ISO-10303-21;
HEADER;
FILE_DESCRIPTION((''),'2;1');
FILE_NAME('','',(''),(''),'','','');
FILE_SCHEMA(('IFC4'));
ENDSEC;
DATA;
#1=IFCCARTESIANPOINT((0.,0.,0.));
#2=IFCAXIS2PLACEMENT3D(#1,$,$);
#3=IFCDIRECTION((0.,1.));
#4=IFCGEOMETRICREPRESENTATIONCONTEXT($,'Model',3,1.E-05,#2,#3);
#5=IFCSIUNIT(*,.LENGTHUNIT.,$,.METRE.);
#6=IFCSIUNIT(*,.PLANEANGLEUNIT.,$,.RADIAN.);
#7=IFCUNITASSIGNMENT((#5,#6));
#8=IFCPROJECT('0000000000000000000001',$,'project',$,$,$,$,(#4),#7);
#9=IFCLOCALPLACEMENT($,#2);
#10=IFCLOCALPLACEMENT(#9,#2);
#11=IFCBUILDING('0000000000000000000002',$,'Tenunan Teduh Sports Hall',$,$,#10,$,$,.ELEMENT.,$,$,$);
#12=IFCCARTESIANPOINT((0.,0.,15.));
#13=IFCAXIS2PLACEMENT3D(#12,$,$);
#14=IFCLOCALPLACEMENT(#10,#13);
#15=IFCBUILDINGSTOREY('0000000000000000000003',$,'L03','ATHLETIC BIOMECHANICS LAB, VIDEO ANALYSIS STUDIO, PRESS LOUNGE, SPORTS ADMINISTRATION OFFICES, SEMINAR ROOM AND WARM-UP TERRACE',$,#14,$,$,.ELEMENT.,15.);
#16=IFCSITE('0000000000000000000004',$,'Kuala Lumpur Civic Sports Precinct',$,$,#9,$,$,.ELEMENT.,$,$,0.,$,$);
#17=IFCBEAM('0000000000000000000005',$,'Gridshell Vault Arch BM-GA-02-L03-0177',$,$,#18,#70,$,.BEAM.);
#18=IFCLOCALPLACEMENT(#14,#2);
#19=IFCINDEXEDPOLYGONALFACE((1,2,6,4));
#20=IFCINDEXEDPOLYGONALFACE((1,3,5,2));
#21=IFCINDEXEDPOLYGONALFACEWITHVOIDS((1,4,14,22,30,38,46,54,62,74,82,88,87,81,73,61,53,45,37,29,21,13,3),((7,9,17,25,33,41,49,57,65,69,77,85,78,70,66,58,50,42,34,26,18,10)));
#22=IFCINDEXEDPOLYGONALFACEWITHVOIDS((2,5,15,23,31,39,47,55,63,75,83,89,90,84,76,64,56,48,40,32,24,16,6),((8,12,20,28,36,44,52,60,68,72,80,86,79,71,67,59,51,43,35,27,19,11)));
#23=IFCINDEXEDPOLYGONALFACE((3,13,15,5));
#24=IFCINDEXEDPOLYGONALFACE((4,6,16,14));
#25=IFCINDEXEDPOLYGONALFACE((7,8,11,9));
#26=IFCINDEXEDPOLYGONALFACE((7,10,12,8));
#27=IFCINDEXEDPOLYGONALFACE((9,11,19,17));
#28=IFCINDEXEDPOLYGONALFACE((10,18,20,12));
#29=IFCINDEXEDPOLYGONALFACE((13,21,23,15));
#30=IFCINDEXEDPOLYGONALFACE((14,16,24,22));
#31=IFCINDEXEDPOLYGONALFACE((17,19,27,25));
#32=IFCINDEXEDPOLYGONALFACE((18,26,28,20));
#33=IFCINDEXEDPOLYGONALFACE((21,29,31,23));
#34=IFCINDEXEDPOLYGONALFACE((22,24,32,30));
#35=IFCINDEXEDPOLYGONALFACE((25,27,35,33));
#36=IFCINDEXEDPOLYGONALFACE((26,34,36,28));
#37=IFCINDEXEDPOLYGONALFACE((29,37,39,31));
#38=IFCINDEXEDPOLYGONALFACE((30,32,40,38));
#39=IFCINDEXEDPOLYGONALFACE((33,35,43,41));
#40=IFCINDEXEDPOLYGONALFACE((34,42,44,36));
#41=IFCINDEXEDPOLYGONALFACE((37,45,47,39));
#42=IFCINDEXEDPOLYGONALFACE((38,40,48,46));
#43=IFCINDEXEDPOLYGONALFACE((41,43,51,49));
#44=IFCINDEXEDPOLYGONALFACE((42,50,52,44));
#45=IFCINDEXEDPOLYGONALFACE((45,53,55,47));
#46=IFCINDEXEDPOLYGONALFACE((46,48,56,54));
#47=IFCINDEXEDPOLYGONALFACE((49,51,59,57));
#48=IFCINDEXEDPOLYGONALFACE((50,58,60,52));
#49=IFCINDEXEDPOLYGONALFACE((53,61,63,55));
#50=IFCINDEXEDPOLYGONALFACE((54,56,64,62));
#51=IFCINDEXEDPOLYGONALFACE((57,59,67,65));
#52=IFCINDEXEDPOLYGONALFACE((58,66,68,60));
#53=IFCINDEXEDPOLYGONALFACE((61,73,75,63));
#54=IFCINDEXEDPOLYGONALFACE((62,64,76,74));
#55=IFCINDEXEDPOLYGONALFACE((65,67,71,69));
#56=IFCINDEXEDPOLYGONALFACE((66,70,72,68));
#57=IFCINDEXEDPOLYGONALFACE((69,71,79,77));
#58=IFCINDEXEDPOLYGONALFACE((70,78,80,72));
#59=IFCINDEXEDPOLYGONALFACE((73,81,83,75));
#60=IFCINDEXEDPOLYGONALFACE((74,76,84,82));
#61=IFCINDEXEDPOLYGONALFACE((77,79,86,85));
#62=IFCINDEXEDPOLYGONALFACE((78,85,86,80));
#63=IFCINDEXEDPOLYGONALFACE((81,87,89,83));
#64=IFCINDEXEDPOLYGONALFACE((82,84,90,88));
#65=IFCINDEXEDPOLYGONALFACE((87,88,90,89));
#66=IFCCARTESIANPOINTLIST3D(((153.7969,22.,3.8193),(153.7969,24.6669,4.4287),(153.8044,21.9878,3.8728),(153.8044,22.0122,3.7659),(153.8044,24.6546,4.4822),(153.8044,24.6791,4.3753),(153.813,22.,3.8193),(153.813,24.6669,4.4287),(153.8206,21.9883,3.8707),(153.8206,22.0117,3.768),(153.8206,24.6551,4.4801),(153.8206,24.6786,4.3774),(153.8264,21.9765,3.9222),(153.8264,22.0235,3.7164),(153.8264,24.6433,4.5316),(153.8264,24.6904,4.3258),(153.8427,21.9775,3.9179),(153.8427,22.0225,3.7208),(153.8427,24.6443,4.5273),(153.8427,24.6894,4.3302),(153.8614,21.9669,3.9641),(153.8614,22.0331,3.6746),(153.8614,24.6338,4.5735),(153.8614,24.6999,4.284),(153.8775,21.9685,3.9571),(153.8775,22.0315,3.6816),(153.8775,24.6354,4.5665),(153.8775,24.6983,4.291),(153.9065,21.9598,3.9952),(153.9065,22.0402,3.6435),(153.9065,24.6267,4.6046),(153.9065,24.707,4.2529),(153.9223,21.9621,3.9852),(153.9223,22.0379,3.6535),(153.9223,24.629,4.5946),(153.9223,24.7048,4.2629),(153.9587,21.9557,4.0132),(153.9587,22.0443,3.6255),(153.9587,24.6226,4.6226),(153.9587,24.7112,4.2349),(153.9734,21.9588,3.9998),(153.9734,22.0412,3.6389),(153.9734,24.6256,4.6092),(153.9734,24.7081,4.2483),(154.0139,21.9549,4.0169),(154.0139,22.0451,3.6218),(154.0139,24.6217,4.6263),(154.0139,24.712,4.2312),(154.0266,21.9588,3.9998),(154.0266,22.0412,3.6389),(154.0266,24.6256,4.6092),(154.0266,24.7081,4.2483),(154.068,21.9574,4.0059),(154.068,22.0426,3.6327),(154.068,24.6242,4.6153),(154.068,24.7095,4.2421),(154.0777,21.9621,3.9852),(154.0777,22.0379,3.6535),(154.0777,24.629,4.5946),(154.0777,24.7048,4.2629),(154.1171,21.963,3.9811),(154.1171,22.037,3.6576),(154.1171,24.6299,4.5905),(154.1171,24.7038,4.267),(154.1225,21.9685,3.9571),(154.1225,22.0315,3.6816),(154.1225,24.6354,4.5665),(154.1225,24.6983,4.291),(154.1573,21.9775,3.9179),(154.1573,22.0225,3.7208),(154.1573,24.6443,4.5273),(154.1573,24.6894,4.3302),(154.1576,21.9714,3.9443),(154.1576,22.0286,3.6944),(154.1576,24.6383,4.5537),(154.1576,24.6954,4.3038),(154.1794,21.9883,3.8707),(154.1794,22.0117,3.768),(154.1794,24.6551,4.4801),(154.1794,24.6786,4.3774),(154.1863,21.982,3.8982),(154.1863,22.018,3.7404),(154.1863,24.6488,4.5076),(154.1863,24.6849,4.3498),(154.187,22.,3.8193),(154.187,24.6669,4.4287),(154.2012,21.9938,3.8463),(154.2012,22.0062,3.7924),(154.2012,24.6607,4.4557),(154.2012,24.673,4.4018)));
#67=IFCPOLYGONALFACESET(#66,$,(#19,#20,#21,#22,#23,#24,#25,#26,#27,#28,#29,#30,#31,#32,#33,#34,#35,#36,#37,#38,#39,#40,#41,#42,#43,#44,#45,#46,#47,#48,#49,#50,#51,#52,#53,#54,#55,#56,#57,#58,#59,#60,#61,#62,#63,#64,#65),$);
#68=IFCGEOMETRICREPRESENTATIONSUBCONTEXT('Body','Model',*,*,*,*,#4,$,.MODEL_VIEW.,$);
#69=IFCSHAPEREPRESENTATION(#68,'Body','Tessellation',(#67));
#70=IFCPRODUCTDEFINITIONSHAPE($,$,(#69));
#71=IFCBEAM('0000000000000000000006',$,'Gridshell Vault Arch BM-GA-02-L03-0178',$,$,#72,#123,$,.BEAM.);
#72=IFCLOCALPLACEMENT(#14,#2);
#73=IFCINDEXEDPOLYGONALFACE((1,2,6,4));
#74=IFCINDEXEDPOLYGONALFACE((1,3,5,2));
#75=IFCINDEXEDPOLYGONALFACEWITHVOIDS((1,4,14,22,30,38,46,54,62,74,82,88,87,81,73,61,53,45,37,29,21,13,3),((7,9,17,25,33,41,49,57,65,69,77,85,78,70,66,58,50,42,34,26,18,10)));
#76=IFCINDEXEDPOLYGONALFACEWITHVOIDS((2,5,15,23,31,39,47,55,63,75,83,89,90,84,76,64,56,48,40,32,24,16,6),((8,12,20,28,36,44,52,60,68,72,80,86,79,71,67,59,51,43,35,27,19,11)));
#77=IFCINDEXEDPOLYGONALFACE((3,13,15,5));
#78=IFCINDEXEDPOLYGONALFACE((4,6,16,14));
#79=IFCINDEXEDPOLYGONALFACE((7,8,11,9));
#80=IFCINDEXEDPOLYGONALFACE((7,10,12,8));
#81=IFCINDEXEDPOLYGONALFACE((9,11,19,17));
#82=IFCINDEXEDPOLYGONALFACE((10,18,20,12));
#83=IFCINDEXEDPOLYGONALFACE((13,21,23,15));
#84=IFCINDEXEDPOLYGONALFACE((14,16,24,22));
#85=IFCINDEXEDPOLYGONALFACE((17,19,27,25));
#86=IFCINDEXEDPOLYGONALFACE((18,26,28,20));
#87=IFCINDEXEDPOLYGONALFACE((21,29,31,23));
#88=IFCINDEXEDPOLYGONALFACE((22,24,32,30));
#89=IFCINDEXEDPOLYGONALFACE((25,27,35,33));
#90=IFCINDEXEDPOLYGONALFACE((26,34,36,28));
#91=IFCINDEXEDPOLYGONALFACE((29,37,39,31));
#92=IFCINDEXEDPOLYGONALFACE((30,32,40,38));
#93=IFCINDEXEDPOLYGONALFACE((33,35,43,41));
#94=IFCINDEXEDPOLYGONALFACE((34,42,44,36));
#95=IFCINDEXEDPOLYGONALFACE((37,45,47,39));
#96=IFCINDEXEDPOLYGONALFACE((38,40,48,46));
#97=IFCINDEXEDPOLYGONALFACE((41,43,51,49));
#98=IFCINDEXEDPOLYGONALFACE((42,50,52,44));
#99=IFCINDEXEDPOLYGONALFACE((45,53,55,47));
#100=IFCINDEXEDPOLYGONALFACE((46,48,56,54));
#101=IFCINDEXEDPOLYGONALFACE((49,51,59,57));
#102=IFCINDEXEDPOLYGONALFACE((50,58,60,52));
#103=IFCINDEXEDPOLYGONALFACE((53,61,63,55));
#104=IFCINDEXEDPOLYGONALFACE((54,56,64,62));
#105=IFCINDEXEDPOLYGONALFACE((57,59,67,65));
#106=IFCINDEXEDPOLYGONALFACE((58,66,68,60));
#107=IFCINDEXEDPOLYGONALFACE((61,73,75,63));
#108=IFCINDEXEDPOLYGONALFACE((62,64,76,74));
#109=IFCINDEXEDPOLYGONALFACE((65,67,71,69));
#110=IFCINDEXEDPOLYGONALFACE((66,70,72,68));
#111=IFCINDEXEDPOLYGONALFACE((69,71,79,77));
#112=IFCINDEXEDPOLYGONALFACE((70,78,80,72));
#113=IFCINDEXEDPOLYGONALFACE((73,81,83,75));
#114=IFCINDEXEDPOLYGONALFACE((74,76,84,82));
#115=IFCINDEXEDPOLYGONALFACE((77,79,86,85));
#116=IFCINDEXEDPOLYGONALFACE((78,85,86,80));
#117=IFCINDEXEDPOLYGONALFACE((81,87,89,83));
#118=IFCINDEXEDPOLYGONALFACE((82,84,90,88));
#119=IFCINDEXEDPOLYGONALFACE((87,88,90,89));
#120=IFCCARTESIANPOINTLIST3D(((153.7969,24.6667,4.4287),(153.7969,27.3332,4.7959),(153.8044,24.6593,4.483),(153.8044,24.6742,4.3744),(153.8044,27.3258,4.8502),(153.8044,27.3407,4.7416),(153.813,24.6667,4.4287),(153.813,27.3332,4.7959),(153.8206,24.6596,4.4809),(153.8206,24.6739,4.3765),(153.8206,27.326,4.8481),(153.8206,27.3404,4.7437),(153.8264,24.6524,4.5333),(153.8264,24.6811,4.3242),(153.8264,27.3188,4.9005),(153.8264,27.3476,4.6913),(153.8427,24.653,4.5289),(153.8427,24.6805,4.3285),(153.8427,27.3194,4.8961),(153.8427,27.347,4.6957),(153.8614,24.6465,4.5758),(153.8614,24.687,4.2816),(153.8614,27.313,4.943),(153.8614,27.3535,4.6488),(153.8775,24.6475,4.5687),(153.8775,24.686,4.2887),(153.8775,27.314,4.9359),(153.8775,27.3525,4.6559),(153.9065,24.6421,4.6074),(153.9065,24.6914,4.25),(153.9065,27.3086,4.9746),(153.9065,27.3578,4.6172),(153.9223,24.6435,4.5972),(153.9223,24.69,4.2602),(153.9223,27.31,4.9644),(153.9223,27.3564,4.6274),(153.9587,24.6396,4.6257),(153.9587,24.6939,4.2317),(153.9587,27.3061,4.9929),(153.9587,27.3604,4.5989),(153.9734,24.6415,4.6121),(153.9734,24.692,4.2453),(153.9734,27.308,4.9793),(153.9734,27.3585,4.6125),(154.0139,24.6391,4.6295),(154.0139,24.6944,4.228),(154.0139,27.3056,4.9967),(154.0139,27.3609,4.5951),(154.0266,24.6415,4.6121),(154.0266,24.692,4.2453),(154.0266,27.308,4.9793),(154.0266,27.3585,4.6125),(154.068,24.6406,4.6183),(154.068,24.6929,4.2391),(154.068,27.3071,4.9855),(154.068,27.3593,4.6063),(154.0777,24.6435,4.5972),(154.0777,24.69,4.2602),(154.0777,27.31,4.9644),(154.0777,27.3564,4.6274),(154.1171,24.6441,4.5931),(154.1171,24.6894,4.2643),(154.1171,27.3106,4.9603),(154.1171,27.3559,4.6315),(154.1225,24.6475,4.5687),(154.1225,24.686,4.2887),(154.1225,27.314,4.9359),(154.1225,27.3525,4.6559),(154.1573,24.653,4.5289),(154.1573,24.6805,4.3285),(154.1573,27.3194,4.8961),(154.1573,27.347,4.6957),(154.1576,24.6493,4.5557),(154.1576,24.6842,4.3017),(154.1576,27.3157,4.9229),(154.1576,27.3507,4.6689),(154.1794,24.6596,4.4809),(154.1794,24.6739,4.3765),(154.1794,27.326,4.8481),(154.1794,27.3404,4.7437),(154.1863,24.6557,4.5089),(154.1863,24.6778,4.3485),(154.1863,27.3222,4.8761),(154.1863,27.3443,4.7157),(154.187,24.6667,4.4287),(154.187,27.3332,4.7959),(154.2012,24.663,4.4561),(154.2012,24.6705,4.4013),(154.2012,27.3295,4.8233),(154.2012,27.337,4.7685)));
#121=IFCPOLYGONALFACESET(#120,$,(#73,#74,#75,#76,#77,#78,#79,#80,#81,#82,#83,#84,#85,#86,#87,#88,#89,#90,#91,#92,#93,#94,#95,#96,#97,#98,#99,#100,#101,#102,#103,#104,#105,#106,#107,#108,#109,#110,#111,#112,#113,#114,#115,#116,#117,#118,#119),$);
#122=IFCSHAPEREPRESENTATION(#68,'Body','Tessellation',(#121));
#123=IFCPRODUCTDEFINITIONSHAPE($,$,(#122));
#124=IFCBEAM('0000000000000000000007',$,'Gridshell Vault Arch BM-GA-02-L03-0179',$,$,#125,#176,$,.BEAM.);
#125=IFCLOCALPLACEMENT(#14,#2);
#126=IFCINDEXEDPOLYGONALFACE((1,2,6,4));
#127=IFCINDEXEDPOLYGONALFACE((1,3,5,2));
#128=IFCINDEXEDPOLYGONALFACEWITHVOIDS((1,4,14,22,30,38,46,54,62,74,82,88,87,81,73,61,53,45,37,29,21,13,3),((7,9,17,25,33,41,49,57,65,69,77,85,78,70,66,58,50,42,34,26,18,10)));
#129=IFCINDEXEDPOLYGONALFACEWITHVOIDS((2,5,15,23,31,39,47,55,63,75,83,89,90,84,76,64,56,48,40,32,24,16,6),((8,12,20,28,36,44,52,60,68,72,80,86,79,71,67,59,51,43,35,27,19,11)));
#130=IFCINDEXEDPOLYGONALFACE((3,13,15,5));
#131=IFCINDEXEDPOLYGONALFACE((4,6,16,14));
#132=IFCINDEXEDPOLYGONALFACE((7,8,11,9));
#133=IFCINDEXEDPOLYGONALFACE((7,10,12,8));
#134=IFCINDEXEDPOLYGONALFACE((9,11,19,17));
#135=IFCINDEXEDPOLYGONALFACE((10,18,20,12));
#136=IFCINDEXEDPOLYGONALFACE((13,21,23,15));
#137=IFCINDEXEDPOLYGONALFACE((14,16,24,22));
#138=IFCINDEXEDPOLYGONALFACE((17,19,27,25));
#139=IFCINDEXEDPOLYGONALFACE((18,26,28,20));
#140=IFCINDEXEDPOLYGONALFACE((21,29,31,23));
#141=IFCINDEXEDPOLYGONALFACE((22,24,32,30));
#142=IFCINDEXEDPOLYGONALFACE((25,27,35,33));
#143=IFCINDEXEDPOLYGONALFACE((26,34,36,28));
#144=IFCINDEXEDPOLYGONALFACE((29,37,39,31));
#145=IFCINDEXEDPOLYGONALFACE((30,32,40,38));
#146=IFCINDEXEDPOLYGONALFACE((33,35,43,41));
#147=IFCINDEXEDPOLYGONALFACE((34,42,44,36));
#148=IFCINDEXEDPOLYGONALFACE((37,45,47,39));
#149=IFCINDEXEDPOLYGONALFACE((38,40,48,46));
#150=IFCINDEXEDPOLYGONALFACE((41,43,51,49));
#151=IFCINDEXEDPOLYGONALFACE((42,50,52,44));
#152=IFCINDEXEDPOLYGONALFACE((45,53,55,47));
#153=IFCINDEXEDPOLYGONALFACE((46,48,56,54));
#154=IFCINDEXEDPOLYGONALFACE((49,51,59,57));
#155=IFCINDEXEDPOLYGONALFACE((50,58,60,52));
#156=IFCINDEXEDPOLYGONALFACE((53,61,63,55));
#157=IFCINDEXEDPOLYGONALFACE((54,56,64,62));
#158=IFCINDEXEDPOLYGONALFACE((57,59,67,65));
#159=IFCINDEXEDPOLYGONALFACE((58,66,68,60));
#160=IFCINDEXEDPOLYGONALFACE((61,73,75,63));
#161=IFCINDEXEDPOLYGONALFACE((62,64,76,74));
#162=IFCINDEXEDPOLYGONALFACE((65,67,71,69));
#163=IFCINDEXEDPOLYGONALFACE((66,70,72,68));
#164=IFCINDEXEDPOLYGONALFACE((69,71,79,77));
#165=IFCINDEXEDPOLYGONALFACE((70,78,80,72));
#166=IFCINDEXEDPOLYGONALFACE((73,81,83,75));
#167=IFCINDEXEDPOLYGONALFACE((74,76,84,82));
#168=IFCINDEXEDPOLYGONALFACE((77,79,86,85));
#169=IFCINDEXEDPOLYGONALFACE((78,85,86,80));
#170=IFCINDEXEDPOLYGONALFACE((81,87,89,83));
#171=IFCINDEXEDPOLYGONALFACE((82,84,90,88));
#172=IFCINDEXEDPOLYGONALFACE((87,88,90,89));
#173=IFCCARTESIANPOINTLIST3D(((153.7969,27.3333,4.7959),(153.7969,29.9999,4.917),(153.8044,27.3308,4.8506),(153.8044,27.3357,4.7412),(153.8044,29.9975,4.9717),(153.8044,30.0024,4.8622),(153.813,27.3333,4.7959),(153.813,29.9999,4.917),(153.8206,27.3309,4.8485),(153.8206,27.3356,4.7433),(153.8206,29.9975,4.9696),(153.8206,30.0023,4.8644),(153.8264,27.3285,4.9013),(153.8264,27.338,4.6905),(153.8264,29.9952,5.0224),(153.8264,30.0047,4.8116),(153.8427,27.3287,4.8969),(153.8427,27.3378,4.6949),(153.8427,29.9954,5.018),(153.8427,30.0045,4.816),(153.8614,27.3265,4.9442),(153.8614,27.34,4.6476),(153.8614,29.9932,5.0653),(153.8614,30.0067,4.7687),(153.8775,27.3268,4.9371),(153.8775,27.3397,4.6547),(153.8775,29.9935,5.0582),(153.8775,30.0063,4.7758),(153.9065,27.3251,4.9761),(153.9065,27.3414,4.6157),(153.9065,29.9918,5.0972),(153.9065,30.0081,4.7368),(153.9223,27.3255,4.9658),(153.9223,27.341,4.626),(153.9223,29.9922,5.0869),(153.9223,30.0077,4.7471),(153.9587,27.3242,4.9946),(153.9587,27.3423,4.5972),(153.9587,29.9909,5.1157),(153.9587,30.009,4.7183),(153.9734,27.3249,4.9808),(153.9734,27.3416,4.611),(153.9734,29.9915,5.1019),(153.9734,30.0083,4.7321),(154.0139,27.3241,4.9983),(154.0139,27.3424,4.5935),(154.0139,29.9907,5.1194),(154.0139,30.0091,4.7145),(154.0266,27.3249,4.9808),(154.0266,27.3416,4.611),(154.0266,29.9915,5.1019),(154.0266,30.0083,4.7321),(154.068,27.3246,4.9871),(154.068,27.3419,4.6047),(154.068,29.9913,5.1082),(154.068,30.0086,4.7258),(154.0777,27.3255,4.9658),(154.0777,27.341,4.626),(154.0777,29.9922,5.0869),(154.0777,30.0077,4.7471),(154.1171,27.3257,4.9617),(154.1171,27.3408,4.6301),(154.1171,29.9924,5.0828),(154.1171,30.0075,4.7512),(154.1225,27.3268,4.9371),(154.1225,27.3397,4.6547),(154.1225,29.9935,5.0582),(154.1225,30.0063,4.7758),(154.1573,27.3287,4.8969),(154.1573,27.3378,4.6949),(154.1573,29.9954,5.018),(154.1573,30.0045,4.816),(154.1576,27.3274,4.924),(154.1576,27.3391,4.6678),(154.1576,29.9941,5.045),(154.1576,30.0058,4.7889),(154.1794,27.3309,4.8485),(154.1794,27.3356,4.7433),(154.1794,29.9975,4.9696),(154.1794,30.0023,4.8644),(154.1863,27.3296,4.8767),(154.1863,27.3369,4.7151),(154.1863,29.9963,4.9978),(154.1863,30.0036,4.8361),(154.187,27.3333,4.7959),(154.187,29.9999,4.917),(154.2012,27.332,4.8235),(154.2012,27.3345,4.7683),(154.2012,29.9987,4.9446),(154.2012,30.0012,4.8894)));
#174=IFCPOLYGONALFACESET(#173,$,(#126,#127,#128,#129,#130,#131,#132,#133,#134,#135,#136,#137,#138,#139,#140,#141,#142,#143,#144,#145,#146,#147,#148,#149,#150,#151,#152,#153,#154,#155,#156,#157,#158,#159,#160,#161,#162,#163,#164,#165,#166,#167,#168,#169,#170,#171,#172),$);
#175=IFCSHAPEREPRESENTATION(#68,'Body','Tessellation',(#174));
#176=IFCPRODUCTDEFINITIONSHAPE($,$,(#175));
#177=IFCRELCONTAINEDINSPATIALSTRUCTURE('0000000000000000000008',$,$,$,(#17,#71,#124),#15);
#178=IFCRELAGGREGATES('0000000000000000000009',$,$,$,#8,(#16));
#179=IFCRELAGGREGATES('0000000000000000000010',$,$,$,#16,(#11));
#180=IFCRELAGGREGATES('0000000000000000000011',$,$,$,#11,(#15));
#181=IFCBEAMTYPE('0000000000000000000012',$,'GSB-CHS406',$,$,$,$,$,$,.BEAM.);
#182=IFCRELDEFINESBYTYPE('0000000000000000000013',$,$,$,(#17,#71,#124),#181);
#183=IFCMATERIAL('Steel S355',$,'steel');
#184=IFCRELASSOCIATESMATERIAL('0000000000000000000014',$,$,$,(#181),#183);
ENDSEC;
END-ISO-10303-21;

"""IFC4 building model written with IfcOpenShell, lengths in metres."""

from ifc_helpers import new_model, si_unit, direction, frame, origin, origin_2d, place, context, subcontext, project, spatial, hollow_circle, extrude, material, material_profile, profile_set, type_object, element, save


model = new_model("IFC4")

# Units and contexts
model_context = context("Model", 3, precision=1e-05, world=origin(), true_north=direction((0.0, 1.0)))
body_context = subcontext(model_context, "Body", "Model", "MODEL_VIEW")
ifc_project = project(units=[si_unit("LENGTHUNIT", "METRE"), si_unit("PLANEANGLEUNIT", "RADIAN")], contexts=[model_context])

# Site, building, storey
site_placement = place(None, origin())
site = spatial("IfcSite", under=ifc_project, at=site_placement, Name="Kuala Lumpur Civic Sports Precinct", CompositionType="ELEMENT", RefElevation=0.0)
building_placement = place(site_placement, origin())
building = spatial("IfcBuilding", under=site, at=building_placement, Name="Tenunan Teduh Sports Hall", CompositionType="ELEMENT")
storey_placement = place(building_placement, frame((0.0, 0.0, 15.0)))
storey = spatial("IfcBuildingStorey", under=building, at=storey_placement, Name="L03", Description="ATHLETIC BIOMECHANICS LAB, VIDEO ANALYSIS STUDIO, PRESS LOUNGE, SPORTS ADMINISTRATION OFFICES, SEMINAR ROOM AND WARM-UP TERRACE", CompositionType="ELEMENT", Elevation=15.0)

# Beams
ifc_material_1 = material(Name="Steel S355", Category="steel")
ifc_material_profile_1 = material_profile(ifc_material_1, hollow_circle(Radius=0.2031, WallThickness=0.0161, at=origin_2d()), Name="CHS 406.4x16.0")
ifc_profile_set_1 = profile_set([ifc_material_profile_1], Name="Steel S355")
beam_type_1 = type_object("IfcBeamType", Name="GSB-CHS406", PredefinedType="BEAM", material=ifc_profile_set_1)
beam_1_placement = place(storey_placement, frame((154.0, 22.0, 3.8193), z_axis=(0.0, 0.974872, 0.222767), x_axis=(-1.0, 0.0, 0.0)))
element("IfcBeam", 1, at=beam_1_placement, inside=storey, type_object=beam_type_1, Name="Gridshell Vault Arch BM-GA-02-L03-0177", PredefinedType="BEAM", context=body_context, shape_type="SweptSolid", body=[
    extrude(hollow_circle(Radius=0.2031, WallThickness=0.0161, at=origin_2d()), origin(), (0.0, 0.0, 1.0), 2.7356),
])
beam_2_placement = place(storey_placement, frame((154.0, 24.6667, 4.4287), z_axis=(0.0, 0.990652, 0.136416), x_axis=(-1.0, 0.0, 0.0)))
element("IfcBeam", 2, at=beam_2_placement, inside=storey, type_object=beam_type_1, Name="Gridshell Vault Arch BM-GA-02-L03-0178", PredefinedType="BEAM", context=body_context, shape_type="SweptSolid", body=[
    extrude(hollow_circle(Radius=0.2031, WallThickness=0.0161, at=origin_2d()), origin(), (0.0, 0.0, 1.0), 2.6917),
])
beam_3_placement = place(storey_placement, frame((154.0, 27.3333, 4.7959), z_axis=(0.0, 0.998971, 0.045362), x_axis=(-1.0, 0.0, 0.0)))
element("IfcBeam", 3, at=beam_3_placement, inside=storey, type_object=beam_type_1, Name="Gridshell Vault Arch BM-GA-02-L03-0179", PredefinedType="BEAM", context=body_context, shape_type="SweptSolid", body=[
    extrude(hollow_circle(Radius=0.2031, WallThickness=0.0161, at=origin_2d()), origin(), (0.0, 0.0, 1.0), 2.6694),
])

save(model, "model.ifc")
